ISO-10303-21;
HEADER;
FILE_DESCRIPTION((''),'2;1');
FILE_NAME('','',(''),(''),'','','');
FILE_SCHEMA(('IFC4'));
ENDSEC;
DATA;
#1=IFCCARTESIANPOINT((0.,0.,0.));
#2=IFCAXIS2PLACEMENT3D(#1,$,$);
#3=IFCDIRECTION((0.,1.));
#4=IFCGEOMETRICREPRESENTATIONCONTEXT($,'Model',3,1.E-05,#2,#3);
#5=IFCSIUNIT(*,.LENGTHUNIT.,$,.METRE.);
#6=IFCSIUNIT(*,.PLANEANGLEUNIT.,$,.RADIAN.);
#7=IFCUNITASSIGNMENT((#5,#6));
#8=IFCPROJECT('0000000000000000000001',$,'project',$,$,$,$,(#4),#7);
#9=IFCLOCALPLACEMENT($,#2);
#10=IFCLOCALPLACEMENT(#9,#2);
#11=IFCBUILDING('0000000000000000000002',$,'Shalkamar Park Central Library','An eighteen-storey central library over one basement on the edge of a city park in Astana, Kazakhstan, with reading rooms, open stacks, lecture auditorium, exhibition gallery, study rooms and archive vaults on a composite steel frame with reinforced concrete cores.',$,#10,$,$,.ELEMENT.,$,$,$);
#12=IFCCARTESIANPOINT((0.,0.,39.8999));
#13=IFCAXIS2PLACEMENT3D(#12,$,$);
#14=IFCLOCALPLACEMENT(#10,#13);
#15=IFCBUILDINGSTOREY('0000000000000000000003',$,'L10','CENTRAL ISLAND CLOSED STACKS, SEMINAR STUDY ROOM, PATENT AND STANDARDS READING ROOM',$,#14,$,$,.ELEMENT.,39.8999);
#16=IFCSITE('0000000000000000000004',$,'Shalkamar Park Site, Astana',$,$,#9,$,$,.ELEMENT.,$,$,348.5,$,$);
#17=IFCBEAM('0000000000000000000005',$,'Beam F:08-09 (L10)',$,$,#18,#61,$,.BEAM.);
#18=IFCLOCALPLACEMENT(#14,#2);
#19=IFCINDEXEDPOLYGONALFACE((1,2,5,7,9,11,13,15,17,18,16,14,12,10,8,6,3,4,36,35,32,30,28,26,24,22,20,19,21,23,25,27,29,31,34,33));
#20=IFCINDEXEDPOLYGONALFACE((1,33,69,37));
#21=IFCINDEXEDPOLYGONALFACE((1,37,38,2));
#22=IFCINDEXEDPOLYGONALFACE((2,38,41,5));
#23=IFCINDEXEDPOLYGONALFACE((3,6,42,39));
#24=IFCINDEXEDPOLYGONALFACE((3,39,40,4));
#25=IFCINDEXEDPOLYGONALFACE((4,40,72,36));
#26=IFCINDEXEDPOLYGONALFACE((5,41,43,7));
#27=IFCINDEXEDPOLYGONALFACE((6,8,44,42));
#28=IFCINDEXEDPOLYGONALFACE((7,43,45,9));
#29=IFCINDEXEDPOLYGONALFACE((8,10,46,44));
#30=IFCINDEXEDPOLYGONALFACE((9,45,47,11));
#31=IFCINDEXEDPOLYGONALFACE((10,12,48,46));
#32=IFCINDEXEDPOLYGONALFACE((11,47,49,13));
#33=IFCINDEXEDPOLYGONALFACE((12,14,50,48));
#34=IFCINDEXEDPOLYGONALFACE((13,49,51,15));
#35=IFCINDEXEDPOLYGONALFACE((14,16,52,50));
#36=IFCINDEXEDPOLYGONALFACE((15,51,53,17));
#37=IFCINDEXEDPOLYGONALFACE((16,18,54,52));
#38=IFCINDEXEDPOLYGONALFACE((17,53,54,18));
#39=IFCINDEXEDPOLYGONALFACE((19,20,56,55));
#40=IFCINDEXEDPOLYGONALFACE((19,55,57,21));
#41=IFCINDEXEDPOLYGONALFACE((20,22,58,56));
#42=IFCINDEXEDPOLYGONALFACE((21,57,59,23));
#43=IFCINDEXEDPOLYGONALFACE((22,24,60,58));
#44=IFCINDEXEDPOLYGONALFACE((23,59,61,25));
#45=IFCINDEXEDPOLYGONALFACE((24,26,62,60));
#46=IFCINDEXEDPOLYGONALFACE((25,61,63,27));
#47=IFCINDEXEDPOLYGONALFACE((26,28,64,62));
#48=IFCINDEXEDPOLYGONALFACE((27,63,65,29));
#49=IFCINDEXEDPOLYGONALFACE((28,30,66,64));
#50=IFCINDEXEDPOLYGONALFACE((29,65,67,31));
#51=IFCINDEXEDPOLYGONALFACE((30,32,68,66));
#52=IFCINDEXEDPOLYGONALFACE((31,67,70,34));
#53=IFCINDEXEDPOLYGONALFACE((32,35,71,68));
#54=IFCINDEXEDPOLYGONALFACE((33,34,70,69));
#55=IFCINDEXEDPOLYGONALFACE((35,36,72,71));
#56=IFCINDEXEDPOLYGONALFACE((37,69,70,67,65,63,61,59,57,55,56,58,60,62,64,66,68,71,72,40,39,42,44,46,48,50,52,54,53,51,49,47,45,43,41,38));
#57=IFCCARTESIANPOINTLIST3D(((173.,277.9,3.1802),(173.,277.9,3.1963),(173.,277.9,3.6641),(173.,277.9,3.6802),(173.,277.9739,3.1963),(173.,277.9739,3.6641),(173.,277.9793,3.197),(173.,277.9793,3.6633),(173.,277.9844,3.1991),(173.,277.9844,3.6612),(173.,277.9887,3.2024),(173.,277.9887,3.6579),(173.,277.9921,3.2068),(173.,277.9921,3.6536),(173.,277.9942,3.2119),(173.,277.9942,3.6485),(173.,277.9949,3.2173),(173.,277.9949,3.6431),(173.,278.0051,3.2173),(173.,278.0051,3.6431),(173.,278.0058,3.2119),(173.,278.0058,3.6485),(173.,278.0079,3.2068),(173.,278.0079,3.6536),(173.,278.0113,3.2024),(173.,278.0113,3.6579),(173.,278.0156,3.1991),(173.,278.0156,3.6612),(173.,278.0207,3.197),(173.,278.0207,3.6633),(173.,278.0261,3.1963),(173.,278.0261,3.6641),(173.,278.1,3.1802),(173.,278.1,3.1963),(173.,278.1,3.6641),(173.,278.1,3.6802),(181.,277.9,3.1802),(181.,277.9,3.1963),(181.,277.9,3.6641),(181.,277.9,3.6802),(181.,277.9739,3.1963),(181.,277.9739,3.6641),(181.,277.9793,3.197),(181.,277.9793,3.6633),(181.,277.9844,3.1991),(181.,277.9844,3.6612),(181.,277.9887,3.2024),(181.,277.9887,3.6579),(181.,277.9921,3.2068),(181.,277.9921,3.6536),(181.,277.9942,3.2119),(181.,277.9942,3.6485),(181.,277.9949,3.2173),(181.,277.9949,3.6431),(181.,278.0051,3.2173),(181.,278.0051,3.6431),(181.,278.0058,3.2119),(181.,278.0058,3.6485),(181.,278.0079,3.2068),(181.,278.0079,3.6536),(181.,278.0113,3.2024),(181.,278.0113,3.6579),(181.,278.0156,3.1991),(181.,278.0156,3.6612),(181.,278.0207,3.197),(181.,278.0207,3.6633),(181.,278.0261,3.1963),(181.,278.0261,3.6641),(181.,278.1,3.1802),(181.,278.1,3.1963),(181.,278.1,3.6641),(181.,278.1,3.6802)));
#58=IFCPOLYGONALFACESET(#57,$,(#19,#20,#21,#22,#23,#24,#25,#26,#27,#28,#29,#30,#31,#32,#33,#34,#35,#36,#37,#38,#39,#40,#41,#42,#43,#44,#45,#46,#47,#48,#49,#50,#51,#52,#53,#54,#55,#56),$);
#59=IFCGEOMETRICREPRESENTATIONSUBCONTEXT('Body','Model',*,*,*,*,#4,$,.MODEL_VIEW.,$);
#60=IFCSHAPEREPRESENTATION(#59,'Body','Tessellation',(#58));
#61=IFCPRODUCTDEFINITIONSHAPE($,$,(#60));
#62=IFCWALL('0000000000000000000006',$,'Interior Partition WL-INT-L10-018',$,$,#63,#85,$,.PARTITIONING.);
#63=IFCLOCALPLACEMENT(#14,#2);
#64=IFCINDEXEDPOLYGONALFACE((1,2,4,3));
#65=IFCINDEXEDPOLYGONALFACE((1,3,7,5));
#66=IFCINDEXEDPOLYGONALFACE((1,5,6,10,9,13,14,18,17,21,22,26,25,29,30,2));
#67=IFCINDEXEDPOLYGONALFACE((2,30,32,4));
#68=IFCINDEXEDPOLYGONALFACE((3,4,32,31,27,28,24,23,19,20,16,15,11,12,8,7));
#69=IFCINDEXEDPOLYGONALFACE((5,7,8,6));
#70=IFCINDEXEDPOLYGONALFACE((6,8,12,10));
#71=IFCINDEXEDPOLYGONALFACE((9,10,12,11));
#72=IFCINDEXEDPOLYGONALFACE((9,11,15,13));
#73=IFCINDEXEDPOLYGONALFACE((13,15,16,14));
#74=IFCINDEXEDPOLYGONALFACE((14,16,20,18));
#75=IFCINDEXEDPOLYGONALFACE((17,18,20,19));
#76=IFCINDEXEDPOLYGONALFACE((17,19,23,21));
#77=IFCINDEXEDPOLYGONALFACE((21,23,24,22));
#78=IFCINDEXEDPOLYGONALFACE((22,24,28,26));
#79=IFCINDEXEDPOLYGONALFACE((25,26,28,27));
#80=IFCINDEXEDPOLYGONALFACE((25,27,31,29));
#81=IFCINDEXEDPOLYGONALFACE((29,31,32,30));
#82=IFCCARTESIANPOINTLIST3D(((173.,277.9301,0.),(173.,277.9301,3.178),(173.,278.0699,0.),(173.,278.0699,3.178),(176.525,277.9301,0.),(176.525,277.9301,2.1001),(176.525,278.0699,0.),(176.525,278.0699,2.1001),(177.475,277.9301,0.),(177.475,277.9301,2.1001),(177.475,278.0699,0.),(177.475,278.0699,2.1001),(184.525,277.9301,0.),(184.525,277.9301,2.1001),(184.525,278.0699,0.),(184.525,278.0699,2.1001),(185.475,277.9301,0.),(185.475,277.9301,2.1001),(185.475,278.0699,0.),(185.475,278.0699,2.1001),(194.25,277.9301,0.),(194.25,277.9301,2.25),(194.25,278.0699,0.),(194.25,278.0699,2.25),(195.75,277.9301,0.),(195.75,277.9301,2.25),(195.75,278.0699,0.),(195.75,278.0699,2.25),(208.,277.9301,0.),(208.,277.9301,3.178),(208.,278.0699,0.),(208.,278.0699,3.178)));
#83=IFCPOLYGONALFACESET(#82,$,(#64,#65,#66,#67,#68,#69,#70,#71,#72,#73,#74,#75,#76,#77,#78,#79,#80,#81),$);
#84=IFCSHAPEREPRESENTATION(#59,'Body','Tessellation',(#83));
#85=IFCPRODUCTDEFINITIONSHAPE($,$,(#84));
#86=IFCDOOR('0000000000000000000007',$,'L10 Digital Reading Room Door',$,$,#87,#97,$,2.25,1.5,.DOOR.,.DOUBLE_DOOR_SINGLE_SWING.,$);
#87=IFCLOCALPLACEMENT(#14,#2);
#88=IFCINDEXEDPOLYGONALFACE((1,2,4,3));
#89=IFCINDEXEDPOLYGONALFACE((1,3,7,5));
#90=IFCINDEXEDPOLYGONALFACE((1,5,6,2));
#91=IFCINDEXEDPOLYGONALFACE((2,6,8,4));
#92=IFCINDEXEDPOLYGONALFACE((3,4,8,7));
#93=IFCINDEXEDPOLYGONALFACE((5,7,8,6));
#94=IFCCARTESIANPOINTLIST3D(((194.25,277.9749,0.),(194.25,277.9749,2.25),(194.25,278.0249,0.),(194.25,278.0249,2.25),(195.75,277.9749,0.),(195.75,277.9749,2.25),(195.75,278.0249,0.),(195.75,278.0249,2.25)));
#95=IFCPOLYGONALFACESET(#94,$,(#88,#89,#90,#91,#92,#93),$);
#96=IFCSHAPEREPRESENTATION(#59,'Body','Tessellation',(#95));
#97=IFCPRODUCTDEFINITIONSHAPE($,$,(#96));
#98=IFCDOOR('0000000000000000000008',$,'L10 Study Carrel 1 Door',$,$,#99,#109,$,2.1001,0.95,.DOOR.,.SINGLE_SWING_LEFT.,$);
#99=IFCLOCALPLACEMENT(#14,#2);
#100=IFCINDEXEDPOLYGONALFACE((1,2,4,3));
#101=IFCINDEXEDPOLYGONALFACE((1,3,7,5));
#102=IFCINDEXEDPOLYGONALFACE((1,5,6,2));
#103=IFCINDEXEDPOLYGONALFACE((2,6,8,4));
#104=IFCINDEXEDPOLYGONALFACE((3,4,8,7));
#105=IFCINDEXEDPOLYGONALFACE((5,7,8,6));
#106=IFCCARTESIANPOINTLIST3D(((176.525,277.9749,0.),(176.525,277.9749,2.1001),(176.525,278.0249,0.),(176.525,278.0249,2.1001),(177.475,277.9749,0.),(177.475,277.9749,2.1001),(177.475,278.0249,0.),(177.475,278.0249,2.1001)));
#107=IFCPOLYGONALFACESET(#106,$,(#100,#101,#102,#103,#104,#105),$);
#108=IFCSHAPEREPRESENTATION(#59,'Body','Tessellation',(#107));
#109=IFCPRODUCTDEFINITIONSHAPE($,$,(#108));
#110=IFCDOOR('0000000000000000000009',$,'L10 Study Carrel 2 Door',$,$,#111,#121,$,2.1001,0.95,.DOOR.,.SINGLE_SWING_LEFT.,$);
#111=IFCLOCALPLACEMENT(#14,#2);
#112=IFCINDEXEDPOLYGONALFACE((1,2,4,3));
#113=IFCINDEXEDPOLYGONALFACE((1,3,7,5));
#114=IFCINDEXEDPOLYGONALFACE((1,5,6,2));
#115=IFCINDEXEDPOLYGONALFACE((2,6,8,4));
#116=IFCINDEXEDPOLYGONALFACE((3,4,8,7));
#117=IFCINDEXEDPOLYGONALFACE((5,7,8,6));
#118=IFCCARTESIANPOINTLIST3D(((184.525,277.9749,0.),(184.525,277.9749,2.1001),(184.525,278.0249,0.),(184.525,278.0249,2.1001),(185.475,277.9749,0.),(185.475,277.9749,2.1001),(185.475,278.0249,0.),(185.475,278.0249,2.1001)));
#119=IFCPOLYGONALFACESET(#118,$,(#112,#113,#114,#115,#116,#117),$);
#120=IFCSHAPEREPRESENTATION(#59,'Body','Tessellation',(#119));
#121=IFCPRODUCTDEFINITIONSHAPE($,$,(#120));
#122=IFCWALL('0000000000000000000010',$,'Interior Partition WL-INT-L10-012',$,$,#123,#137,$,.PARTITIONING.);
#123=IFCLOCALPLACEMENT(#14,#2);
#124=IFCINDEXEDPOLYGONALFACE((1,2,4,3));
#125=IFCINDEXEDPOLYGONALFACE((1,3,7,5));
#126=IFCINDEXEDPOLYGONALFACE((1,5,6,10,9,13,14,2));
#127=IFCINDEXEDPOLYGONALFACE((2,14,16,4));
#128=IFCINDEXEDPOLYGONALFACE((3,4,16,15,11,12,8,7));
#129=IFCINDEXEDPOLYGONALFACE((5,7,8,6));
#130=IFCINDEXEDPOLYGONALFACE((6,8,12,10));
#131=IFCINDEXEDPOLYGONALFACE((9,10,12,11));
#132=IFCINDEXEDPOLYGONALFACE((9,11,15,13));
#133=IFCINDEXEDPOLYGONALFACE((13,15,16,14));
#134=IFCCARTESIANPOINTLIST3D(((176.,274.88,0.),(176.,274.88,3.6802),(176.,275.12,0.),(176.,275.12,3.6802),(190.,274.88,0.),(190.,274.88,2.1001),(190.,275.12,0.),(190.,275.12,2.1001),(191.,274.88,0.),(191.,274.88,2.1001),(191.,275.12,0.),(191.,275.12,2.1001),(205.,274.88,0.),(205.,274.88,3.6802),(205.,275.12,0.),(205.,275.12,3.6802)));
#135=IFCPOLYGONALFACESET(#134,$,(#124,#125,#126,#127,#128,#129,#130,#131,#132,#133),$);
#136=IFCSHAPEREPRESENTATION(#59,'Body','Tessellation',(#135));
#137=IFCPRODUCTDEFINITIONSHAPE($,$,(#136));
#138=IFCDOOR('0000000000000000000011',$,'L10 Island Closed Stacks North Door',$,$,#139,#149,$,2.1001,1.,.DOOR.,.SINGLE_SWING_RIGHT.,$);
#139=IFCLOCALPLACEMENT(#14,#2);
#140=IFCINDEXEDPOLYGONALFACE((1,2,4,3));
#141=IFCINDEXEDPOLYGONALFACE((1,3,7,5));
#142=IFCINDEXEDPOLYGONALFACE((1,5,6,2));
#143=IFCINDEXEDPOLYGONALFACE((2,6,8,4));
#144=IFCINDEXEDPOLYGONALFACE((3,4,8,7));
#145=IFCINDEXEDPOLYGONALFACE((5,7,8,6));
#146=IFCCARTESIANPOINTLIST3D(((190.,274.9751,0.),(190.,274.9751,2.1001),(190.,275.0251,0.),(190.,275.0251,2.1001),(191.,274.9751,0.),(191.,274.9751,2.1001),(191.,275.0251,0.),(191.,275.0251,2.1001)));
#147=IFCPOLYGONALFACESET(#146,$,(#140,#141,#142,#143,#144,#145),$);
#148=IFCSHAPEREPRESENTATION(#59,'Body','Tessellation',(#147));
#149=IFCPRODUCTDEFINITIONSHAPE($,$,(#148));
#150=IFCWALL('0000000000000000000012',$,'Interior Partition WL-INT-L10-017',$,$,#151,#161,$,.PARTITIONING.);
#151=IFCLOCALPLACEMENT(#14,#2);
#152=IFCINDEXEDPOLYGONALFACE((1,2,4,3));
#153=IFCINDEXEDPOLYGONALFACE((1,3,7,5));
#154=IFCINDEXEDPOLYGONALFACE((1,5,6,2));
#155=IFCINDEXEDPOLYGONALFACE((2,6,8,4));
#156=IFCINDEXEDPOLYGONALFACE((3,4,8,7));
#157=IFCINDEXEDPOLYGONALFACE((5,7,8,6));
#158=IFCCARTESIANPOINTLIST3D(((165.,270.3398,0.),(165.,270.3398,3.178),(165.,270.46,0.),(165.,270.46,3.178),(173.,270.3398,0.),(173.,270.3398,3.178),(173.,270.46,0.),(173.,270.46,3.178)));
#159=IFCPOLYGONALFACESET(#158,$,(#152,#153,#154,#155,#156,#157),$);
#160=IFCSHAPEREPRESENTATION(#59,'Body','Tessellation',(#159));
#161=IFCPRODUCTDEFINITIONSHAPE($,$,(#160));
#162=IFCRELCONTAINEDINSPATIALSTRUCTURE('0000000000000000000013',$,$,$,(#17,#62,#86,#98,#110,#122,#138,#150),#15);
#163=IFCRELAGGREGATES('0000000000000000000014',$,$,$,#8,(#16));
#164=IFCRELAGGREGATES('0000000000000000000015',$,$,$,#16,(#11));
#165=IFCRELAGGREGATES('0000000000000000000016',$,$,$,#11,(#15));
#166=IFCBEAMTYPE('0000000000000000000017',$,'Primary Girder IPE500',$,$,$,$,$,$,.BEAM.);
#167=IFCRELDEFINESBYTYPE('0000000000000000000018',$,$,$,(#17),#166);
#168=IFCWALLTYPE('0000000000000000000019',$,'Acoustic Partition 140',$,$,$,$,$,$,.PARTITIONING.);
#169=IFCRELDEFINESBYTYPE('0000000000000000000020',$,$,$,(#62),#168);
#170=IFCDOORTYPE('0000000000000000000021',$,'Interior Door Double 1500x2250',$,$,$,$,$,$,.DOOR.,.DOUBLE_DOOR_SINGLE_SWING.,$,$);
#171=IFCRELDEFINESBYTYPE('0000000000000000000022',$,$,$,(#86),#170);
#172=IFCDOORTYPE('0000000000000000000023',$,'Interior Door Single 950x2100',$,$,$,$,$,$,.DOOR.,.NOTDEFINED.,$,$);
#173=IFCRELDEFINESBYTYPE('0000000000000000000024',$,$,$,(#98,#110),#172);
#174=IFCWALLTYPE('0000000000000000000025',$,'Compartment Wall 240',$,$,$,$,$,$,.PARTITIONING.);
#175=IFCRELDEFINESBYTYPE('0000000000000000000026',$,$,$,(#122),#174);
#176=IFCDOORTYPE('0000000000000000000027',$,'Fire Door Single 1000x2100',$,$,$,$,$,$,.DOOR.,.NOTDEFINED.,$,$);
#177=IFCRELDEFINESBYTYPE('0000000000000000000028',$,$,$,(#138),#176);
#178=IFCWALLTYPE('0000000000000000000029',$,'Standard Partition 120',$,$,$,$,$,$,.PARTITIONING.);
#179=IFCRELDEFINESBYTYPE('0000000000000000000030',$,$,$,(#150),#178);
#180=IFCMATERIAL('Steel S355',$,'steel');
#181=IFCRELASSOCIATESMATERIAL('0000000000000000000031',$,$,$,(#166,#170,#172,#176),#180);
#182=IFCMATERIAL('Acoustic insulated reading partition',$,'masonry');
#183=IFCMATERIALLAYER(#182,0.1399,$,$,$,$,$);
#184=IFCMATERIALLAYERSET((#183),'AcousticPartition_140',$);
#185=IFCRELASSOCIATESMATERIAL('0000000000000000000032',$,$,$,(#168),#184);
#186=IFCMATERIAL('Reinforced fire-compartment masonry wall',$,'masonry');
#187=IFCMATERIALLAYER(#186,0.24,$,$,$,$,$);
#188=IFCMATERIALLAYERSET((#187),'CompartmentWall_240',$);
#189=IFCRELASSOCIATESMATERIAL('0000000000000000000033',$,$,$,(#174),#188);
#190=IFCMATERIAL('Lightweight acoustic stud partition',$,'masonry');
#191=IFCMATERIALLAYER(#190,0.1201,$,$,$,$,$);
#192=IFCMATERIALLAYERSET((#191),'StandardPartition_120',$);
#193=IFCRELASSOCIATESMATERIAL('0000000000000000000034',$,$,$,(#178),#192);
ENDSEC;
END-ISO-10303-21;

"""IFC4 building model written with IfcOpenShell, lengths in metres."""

from ifc_helpers import new_model, si_unit, direction, frame, frame_2d, origin, origin_2d, place, context, subcontext, project, spatial, rectangle, i_section, extrude, material, layer, layer_set, material_profile, profile_set, type_object, element, fill, save


model = new_model("IFC4")

# Units and contexts
model_context = context("Model", 3, precision=1e-05, world=origin(), true_north=direction((0.0, 1.0)))
body_context = subcontext(model_context, "Body", "Model", "MODEL_VIEW")
ifc_project = project(units=[si_unit("LENGTHUNIT", "METRE"), si_unit("PLANEANGLEUNIT", "RADIAN")], contexts=[model_context])

# Site, building, storey
site_placement = place(None, origin())
site = spatial("IfcSite", under=ifc_project, at=site_placement, Name="Shalkamar Park Site, Astana", CompositionType="ELEMENT", RefElevation=348.5)
building_placement = place(site_placement, origin())
building = spatial("IfcBuilding", under=site, at=building_placement, Name="Shalkamar Park Central Library", Description="An eighteen-storey central library over one basement on the edge of a city park in Astana, Kazakhstan, with reading rooms, open stacks, lecture auditorium, exhibition gallery, study rooms and archive vaults on a composite steel frame with reinforced concrete cores.", CompositionType="ELEMENT")
storey_placement = place(building_placement, frame((0.0, 0.0, 39.8999)))
storey = spatial("IfcBuildingStorey", under=building, at=storey_placement, Name="L10", Description="CENTRAL ISLAND CLOSED STACKS, SEMINAR STUDY ROOM, PATENT AND STANDARDS READING ROOM", CompositionType="ELEMENT", Elevation=39.8999)

# Shared definitions
ifc_material_1 = material(Name="Steel S355", Category="steel")

# Beam
ifc_material_profile_1 = material_profile(ifc_material_1, i_section(OverallWidth=0.2, OverallDepth=0.5, WebThickness=0.0103, FlangeThickness=0.0161, FilletRadius=0.021, at=origin_2d()), Name="IPE 500")
ifc_profile_set_1 = profile_set([ifc_material_profile_1], Name="Steel S355")
beam_type_1 = type_object("IfcBeamType", Name="Primary Girder IPE500", PredefinedType="BEAM", material=ifc_profile_set_1)
for number, where, z_axis, x_axis, name in (
    (1, (173.0, 278.0, 3.4302), (1.0, 0.0, 0.0), (0.0, 1.0, 0.0), "Beam F:08-09 (L10)"),
):
    element("IfcBeam", number, at=place(storey_placement, frame(where, z_axis=z_axis, x_axis=x_axis)), inside=storey, type_object=beam_type_1, Name=name, PredefinedType="BEAM", context=body_context, shape_type="SweptSolid", body=[
        extrude(i_section(OverallWidth=0.2, OverallDepth=0.5, WebThickness=0.0103, FlangeThickness=0.0161, FilletRadius=0.021, at=origin_2d()), origin(), (0.0, 0.0, 1.0), 8.0),
    ])

# Wall, openings, doors
ifc_material_2 = material(Name="Acoustic insulated reading partition", Category="masonry")
ifc_layer_1 = layer(ifc_material_2, 0.1399)
ifc_layer_set_1 = layer_set([ifc_layer_1], Name="AcousticPartition_140")
wall_type_1 = type_object("IfcWallType", Name="Acoustic Partition 140", PredefinedType="PARTITIONING", material=ifc_layer_set_1)
wall_1_placement = place(storey_placement, frame((173.0, 278.0, 0.0), z_axis=(0.0, 0.0, 1.0), x_axis=(1.0, 0.0, 0.0)))
wall_1 = element("IfcWall", 2, at=wall_1_placement, inside=storey, type_object=wall_type_1, Name="Interior Partition WL-INT-L10-018", PredefinedType="PARTITIONING", context=body_context, shape_type="SweptSolid", body=[
    extrude(rectangle(XDim=35.0, YDim=0.1399, at=frame_2d((17.5, 0.0))), origin(), (0.0, 0.0, 1.0), 3.178),
])
opening_1_placement = place(wall_1_placement, frame((3.5249, 0.0, 0.0)))
opening_1 = element("IfcOpeningElement", 3, at=opening_1_placement, cuts=wall_1, PredefinedType="OPENING", context=body_context, shape_type="SweptSolid", body=[
    extrude(rectangle(XDim=0.95, YDim=2.1001, at=frame_2d((0.4751, 1.05))), frame((0.0, 0.085, 0.0), z_axis=(0.0, -1.0, 0.0), x_axis=(1.0, 0.0, 0.0)), (0.0, 0.0, 1.0), 0.1697),
])
opening_2_placement = place(wall_1_placement, frame((11.5249, 0.0, 0.0)))
opening_2 = element("IfcOpeningElement", 4, at=opening_2_placement, cuts=wall_1, PredefinedType="OPENING", context=body_context, shape_type="SweptSolid", body=[
    extrude(rectangle(XDim=0.95, YDim=2.1001, at=frame_2d((0.4751, 1.05))), frame((0.0, 0.085, 0.0), z_axis=(0.0, -1.0, 0.0), x_axis=(1.0, 0.0, 0.0)), (0.0, 0.0, 1.0), 0.1697),
])
opening_3_placement = place(wall_1_placement, frame((21.25, 0.0, 0.0)))
opening_3 = element("IfcOpeningElement", 5, at=opening_3_placement, cuts=wall_1, PredefinedType="OPENING", context=body_context, shape_type="SweptSolid", body=[
    extrude(rectangle(XDim=1.5, YDim=2.25, at=frame_2d((0.75, 1.125))), frame((0.0, 0.085, 0.0), z_axis=(0.0, -1.0, 0.0), x_axis=(1.0, 0.0, 0.0)), (0.0, 0.0, 1.0), 0.1697),
])
door_type_1 = type_object("IfcDoorType", Name="Interior Door Double 1500x2250", OperationType="DOUBLE_DOOR_SINGLE_SWING", PredefinedType="DOOR", material=ifc_material_1)
door_1_placement = place(opening_3_placement, origin())
door_1 = element("IfcDoor", 6, at=door_1_placement, inside=storey, type_object=door_type_1, Name="L10 Digital Reading Room Door", OperationType="DOUBLE_DOOR_SINGLE_SWING", OverallHeight=2.25, OverallWidth=1.5, PredefinedType="DOOR", context=body_context, shape_type="SweptSolid", body=[
    extrude(rectangle(XDim=1.5, YDim=2.25, at=frame_2d((0.75, 1.125))), frame((0.0, 0.0249, 0.0), z_axis=(0.0, -1.0, 0.0), x_axis=(1.0, 0.0, 0.0)), (0.0, 0.0, 1.0), 0.05),
])
fill(opening_3, door_1)
door_type_2 = type_object("IfcDoorType", Name="Interior Door Single 950x2100", OperationType="NOTDEFINED", PredefinedType="DOOR", material=ifc_material_1)
door_2_placement = place(opening_1_placement, origin())
door_2 = element("IfcDoor", 7, at=door_2_placement, inside=storey, type_object=door_type_2, Name="L10 Study Carrel 1 Door", OperationType="SINGLE_SWING_LEFT", OverallHeight=2.1001, OverallWidth=0.95, PredefinedType="DOOR", context=body_context, shape_type="SweptSolid", body=[
    extrude(rectangle(XDim=0.95, YDim=2.1001, at=frame_2d((0.4751, 1.05))), frame((0.0, 0.0249, 0.0), z_axis=(0.0, -1.0, 0.0), x_axis=(1.0, 0.0, 0.0)), (0.0, 0.0, 1.0), 0.05),
])
fill(opening_1, door_2)
door_3_placement = place(opening_2_placement, origin())
door_3 = element("IfcDoor", 8, at=door_3_placement, inside=storey, type_object=door_type_2, Name="L10 Study Carrel 2 Door", OperationType="SINGLE_SWING_LEFT", OverallHeight=2.1001, OverallWidth=0.95, PredefinedType="DOOR", context=body_context, shape_type="SweptSolid", body=[
    extrude(rectangle(XDim=0.95, YDim=2.1001, at=frame_2d((0.4751, 1.05))), frame((0.0, 0.0249, 0.0), z_axis=(0.0, -1.0, 0.0), x_axis=(1.0, 0.0, 0.0)), (0.0, 0.0, 1.0), 0.05),
])
fill(opening_2, door_3)

# Wall, opening, door
ifc_material_3 = material(Name="Reinforced fire-compartment masonry wall", Category="masonry")
ifc_layer_2 = layer(ifc_material_3, 0.24)
ifc_layer_set_2 = layer_set([ifc_layer_2], Name="CompartmentWall_240")
wall_type_2 = type_object("IfcWallType", Name="Compartment Wall 240", PredefinedType="PARTITIONING", material=ifc_layer_set_2)
wall_2_placement = place(storey_placement, frame((176.0, 275.0, 0.0), z_axis=(0.0, 0.0, 1.0), x_axis=(1.0, 0.0, 0.0)))
wall_2 = element("IfcWall", 9, at=wall_2_placement, inside=storey, type_object=wall_type_2, Name="Interior Partition WL-INT-L10-012", PredefinedType="PARTITIONING", context=body_context, shape_type="SweptSolid", body=[
    extrude(rectangle(XDim=29.0, YDim=0.24, at=frame_2d((14.5, 0.0))), origin(), (0.0, 0.0, 1.0), 3.6802),
])
opening_4_placement = place(wall_2_placement, frame((14.0, 0.0, 0.0)))
opening_4 = element("IfcOpeningElement", 10, at=opening_4_placement, cuts=wall_2, PredefinedType="OPENING", context=body_context, shape_type="SweptSolid", body=[
    extrude(rectangle(XDim=1.0, YDim=2.1001, at=frame_2d((0.5, 1.05))), frame((0.0, 0.1348, 0.0), z_axis=(0.0, -1.0, 0.0), x_axis=(1.0, 0.0, 0.0)), (0.0, 0.0, 1.0), 0.2698),
])
door_type_3 = type_object("IfcDoorType", Name="Fire Door Single 1000x2100", OperationType="NOTDEFINED", PredefinedType="DOOR", material=ifc_material_1)
door_4_placement = place(opening_4_placement, frame((1.0, 0.0, 0.0), z_axis=(0.0, 0.0, 1.0), x_axis=(-1.0, 0.0, 0.0)))
door_4 = element("IfcDoor", 11, at=door_4_placement, inside=storey, type_object=door_type_3, Name="L10 Island Closed Stacks North Door", OperationType="SINGLE_SWING_RIGHT", OverallHeight=2.1001, OverallWidth=1.0, PredefinedType="DOOR", context=body_context, shape_type="SweptSolid", body=[
    extrude(rectangle(XDim=1.0, YDim=2.1001, at=frame_2d((0.5, 1.05))), frame((0.0, 0.0249, 0.0), z_axis=(0.0, -1.0, 0.0), x_axis=(1.0, 0.0, 0.0)), (0.0, 0.0, 1.0), 0.05),
])
fill(opening_4, door_4)

# Wall
ifc_material_4 = material(Name="Lightweight acoustic stud partition", Category="masonry")
ifc_layer_3 = layer(ifc_material_4, 0.1201)
ifc_layer_set_3 = layer_set([ifc_layer_3], Name="StandardPartition_120")
wall_type_3 = type_object("IfcWallType", Name="Standard Partition 120", PredefinedType="PARTITIONING", material=ifc_layer_set_3)
wall_3_placement = place(storey_placement, frame((165.0, 270.3999, 0.0), z_axis=(0.0, 0.0, 1.0), x_axis=(1.0, 0.0, 0.0)))
element("IfcWall", 12, at=wall_3_placement, inside=storey, type_object=wall_type_3, Name="Interior Partition WL-INT-L10-017", PredefinedType="PARTITIONING", context=body_context, shape_type="SweptSolid", body=[
    extrude(rectangle(XDim=8.0, YDim=0.1201, at=frame_2d((4.0, 0.0))), origin(), (0.0, 0.0, 1.0), 3.178),
])

save(model, "model.ifc")
